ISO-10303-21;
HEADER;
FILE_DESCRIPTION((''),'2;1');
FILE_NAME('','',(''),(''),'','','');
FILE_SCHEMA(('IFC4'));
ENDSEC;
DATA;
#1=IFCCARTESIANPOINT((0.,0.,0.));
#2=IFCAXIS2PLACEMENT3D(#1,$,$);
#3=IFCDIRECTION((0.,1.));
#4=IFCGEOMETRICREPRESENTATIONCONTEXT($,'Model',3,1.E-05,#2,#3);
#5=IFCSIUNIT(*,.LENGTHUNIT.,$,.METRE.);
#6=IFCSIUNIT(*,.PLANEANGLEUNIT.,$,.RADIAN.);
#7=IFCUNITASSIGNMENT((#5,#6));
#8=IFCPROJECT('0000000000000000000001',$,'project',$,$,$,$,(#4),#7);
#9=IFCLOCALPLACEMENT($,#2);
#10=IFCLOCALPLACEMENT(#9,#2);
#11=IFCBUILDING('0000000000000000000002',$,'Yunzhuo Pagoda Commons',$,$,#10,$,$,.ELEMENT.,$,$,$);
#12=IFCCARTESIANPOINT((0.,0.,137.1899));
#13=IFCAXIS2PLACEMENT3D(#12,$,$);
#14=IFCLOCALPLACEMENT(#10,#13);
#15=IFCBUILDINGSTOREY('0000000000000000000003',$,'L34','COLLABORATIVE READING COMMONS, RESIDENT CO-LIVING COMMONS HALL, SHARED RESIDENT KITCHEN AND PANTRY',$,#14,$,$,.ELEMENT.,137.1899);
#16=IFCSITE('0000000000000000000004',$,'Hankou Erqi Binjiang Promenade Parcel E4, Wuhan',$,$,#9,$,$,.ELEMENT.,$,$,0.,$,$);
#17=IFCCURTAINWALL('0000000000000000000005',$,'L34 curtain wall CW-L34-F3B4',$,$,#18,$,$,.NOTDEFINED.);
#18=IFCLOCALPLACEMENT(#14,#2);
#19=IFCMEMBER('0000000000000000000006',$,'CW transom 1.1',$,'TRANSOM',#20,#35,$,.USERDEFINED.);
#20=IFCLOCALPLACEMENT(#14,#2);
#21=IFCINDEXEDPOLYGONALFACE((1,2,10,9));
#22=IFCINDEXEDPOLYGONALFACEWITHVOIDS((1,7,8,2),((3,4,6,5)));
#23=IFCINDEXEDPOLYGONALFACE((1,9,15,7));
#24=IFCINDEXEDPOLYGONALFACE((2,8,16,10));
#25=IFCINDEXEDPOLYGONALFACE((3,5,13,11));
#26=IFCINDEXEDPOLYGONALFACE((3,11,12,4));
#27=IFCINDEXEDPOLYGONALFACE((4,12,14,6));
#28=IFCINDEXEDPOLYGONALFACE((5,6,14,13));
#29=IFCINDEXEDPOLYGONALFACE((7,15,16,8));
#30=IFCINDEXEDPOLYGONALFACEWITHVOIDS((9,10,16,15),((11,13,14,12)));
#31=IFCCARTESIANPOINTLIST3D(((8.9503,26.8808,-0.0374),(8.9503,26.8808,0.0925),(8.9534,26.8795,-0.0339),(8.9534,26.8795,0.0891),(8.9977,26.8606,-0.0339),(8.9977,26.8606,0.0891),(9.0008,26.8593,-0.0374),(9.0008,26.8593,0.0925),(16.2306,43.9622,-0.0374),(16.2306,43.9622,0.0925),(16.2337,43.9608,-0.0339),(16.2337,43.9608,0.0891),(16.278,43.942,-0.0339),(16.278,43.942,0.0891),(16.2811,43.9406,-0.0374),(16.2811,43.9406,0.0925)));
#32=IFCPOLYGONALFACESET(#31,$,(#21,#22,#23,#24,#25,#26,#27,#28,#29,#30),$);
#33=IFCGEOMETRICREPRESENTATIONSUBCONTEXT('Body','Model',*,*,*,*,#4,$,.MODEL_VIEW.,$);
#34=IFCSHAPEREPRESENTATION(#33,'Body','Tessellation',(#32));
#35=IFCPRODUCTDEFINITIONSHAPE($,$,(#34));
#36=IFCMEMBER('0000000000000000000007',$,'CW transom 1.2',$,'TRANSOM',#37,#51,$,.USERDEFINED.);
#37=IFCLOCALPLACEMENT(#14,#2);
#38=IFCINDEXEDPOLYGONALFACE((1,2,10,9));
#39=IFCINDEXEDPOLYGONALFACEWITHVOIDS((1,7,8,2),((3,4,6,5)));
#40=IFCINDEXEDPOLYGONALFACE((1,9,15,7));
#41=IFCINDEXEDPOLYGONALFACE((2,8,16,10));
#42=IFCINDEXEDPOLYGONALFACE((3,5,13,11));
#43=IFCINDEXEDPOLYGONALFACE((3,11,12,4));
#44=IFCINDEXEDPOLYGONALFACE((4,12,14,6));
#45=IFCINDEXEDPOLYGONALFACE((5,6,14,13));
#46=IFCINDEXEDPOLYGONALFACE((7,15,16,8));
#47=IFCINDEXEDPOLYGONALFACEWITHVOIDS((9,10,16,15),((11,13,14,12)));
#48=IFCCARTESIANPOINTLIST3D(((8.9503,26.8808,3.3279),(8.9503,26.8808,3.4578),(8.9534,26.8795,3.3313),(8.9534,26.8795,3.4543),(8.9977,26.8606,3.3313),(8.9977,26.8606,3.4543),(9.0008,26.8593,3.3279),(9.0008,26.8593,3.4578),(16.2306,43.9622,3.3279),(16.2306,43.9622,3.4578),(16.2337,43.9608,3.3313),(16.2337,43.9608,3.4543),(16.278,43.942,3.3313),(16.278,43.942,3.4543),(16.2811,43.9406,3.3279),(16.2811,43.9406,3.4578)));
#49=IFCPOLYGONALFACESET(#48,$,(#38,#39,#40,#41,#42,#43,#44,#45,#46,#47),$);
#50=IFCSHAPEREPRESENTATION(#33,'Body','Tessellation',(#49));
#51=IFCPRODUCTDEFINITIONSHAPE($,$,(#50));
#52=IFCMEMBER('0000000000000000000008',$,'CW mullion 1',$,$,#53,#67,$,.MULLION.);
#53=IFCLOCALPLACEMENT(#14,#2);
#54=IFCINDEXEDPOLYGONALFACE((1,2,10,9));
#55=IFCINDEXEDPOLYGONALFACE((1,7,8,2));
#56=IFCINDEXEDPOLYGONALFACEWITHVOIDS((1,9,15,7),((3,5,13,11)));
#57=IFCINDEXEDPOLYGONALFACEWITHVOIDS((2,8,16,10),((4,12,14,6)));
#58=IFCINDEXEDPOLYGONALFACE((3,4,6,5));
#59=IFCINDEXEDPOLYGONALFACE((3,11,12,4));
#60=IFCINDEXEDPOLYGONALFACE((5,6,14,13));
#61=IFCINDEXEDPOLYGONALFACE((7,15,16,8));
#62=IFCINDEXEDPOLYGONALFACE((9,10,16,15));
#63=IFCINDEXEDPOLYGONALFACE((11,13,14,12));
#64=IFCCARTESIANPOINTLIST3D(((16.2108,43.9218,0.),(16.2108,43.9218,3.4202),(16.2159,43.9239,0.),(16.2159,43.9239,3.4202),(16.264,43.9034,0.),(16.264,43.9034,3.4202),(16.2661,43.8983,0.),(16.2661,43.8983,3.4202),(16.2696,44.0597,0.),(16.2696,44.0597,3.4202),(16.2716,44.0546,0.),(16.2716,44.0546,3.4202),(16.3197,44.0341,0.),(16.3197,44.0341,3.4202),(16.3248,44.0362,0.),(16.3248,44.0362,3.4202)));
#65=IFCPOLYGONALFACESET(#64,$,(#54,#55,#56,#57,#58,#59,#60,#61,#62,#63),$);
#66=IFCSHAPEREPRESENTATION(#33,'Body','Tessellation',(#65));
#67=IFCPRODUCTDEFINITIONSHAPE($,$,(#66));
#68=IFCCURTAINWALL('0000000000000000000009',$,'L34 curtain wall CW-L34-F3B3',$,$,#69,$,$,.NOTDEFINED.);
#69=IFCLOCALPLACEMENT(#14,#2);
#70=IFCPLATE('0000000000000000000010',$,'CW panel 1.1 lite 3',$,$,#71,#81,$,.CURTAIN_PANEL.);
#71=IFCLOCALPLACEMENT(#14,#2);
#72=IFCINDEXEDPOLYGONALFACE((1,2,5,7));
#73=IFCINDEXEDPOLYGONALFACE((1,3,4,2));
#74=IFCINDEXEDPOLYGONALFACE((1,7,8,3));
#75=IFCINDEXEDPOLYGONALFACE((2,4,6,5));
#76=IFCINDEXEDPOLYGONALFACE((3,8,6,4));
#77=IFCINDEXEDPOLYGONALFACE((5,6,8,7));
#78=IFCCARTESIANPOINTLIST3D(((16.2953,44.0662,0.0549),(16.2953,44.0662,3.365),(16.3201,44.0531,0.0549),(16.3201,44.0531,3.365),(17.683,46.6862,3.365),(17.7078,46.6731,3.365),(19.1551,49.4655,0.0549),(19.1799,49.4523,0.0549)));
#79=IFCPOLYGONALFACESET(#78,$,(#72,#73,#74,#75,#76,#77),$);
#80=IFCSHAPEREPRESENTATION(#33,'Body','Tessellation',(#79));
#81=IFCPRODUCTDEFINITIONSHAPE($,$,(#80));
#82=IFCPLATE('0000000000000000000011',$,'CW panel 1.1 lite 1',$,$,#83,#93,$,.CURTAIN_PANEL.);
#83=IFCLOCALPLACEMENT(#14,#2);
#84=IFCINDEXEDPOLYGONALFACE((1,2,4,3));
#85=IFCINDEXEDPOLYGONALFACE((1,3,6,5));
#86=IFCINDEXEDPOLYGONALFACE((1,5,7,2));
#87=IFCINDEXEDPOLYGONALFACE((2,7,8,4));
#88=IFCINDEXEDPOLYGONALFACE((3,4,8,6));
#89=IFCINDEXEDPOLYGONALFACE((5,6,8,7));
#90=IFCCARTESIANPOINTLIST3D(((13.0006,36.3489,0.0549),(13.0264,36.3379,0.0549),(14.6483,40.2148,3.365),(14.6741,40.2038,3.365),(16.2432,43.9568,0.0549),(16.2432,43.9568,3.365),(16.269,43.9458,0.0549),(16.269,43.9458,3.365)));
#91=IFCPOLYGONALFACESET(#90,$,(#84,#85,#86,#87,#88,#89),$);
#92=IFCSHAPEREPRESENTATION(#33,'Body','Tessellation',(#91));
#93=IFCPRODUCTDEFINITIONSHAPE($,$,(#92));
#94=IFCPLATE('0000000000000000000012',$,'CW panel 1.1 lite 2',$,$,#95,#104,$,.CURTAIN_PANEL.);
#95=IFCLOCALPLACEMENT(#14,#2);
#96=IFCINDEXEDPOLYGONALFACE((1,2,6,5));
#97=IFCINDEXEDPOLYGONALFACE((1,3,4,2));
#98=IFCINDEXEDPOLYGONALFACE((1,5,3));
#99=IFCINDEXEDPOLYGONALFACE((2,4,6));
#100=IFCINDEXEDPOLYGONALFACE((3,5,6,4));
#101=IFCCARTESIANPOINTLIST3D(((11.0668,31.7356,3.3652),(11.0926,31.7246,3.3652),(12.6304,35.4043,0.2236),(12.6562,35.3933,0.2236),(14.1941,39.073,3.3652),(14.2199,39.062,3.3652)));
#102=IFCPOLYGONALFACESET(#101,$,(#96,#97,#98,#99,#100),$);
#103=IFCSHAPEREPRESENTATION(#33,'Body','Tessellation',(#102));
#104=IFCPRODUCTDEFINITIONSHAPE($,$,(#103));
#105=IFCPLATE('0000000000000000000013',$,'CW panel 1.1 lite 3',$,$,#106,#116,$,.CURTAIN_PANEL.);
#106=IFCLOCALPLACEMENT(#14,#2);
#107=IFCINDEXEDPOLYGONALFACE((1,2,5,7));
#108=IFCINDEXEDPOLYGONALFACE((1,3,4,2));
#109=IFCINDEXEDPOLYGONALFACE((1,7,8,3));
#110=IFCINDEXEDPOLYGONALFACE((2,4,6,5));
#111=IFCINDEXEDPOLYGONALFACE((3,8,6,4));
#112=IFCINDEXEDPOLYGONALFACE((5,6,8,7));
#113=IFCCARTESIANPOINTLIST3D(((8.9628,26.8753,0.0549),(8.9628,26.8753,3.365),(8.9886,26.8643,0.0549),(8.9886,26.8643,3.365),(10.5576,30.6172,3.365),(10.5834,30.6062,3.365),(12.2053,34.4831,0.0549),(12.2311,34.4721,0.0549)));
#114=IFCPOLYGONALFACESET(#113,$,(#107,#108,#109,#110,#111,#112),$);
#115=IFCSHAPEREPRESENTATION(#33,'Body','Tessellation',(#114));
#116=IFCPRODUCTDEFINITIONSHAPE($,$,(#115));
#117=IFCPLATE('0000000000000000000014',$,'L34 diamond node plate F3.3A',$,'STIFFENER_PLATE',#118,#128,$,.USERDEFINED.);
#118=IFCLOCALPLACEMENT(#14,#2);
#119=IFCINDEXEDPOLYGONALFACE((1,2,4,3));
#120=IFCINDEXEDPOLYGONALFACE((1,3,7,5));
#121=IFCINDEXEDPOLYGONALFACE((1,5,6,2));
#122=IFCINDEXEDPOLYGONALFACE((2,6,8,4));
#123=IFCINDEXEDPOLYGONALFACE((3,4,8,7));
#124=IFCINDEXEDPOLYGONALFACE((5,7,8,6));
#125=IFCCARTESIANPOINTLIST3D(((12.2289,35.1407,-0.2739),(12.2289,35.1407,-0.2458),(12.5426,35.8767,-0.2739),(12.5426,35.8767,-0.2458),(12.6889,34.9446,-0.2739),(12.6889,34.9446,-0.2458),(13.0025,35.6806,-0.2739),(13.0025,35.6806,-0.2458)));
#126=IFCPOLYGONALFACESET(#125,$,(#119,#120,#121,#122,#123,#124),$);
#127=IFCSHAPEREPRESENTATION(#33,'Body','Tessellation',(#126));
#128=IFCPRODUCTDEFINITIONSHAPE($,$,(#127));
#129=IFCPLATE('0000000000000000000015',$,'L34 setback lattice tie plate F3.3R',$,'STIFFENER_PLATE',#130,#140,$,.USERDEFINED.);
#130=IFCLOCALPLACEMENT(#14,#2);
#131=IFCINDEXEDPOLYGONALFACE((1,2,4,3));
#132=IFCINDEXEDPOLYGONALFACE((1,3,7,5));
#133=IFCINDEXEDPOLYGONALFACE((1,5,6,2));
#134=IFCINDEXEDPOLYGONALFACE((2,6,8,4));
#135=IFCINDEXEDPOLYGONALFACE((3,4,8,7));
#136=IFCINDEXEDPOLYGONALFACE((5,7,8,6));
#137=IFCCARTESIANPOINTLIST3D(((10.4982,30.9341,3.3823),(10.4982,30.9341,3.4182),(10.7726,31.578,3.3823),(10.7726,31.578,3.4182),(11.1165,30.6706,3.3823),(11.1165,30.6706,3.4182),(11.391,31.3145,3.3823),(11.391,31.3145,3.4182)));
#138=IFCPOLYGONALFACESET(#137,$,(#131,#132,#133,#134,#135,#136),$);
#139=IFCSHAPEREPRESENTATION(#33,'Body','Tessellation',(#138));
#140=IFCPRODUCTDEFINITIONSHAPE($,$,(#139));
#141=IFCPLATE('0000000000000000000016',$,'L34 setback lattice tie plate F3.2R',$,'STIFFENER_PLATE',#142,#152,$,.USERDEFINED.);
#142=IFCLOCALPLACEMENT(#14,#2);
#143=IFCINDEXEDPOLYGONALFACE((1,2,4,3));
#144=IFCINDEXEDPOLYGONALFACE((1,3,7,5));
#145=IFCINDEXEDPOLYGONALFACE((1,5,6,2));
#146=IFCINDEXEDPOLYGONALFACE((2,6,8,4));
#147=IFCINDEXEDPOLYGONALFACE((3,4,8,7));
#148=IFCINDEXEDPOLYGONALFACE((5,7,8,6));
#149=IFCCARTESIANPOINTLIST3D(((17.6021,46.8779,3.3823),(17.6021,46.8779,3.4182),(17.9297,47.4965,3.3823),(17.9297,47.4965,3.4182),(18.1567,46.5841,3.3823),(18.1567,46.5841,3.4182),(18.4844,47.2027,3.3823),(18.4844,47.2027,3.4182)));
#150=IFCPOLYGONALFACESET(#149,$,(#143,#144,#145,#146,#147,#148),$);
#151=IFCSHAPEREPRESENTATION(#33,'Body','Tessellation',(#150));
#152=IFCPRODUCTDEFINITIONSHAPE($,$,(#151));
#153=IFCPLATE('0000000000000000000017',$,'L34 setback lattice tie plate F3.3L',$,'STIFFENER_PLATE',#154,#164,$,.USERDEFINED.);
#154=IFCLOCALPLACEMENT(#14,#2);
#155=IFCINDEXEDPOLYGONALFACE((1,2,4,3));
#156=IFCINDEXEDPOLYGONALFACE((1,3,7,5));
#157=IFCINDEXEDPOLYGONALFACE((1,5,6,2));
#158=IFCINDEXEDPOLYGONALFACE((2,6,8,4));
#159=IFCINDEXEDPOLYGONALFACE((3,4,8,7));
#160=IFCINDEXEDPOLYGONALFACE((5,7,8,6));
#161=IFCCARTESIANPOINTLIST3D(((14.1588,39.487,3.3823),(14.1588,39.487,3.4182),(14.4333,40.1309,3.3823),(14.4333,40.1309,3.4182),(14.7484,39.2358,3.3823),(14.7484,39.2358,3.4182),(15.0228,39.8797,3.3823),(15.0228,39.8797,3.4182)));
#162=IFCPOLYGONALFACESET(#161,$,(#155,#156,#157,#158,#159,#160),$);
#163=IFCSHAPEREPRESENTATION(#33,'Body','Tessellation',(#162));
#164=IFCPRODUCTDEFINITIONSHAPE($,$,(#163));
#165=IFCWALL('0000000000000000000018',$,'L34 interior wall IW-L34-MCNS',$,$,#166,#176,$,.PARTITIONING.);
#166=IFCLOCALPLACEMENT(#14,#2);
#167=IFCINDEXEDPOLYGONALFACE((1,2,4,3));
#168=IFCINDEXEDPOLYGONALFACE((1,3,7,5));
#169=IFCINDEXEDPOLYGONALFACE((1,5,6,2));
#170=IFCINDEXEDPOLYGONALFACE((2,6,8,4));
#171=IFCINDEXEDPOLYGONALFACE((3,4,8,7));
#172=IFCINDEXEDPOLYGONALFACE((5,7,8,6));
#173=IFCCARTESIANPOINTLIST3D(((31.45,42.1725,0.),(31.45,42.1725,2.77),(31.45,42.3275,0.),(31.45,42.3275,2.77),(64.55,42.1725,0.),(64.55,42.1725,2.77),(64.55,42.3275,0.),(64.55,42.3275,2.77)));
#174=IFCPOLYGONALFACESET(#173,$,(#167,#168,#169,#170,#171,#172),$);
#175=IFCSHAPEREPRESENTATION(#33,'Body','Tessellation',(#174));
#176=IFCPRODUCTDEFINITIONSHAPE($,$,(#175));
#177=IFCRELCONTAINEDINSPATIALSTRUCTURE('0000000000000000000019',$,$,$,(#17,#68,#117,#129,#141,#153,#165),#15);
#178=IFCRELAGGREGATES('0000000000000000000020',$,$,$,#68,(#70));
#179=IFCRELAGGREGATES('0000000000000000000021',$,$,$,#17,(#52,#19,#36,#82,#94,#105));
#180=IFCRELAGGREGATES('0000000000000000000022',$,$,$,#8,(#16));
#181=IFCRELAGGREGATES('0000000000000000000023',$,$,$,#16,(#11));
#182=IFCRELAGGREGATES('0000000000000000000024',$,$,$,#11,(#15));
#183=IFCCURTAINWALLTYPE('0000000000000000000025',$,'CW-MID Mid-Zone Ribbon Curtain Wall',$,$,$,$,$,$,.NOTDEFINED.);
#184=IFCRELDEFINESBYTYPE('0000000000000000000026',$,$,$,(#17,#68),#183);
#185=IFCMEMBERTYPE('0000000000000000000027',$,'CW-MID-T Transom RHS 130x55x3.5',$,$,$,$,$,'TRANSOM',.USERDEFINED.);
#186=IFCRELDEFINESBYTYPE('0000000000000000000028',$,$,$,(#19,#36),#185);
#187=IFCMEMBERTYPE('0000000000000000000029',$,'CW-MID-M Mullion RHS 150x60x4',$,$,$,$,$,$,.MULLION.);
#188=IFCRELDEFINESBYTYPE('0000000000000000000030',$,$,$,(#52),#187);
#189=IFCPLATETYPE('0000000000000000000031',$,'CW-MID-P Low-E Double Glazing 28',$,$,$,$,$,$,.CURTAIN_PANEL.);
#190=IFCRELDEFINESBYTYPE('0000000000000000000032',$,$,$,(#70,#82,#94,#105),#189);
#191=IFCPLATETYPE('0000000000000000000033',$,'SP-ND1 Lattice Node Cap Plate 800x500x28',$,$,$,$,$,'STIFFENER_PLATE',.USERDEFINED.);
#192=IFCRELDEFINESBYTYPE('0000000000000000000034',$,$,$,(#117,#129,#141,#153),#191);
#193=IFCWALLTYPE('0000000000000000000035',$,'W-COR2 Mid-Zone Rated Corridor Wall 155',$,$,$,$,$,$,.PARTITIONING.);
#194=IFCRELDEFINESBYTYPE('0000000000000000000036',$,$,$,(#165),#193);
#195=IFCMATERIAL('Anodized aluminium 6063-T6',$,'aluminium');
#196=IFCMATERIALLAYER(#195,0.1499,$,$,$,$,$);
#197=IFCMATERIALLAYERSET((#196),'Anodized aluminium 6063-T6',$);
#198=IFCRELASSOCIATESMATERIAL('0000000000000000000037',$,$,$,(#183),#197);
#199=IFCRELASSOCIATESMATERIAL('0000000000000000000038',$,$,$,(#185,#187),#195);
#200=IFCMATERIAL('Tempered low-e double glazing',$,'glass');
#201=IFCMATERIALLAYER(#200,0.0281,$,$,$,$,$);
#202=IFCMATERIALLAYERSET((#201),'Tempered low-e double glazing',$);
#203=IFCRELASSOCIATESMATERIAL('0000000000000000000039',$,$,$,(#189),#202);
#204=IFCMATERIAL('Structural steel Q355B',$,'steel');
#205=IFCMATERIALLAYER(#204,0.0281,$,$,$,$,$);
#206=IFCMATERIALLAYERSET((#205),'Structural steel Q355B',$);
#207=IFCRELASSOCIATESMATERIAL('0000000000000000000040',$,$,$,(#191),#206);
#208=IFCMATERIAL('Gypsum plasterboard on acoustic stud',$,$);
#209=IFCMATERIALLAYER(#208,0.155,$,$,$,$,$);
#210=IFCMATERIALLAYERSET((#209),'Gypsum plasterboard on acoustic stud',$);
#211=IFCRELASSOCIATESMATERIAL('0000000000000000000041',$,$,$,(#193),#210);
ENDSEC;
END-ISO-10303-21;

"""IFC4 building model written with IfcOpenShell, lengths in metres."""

from ifc_helpers import new_model, si_unit, direction, frame, frame_2d, origin, origin_2d, place, context, subcontext, project, spatial, polyline, rectangle, hollow_rectangle, outline, extrude, source, transform, mapped, material, layer, layer_set, material_profile, profile_set, type_object, element, aggregate, save


model = new_model("IFC4")

# Units and contexts
model_context = context("Model", 3, precision=1e-05, world=origin(), true_north=direction((0.0, 1.0)))
body_context = subcontext(model_context, "Body", "Model", "MODEL_VIEW")
ifc_project = project(units=[si_unit("LENGTHUNIT", "METRE"), si_unit("PLANEANGLEUNIT", "RADIAN")], contexts=[model_context])

# Site, building, storey
site_placement = place(None, origin())
site = spatial("IfcSite", under=ifc_project, at=site_placement, Name="Hankou Erqi Binjiang Promenade Parcel E4, Wuhan", CompositionType="ELEMENT", RefElevation=0.0)
building_placement = place(site_placement, origin())
building = spatial("IfcBuilding", under=site, at=building_placement, Name="Yunzhuo Pagoda Commons", CompositionType="ELEMENT")
storey_placement = place(building_placement, frame((0.0, 0.0, 137.1899)))
storey = spatial("IfcBuildingStorey", under=building, at=storey_placement, Name="L34", Description="COLLABORATIVE READING COMMONS, RESIDENT CO-LIVING COMMONS HALL, SHARED RESIDENT KITCHEN AND PANTRY", CompositionType="ELEMENT", Elevation=137.1899)

# Shared definitions
ifc_material_1 = material(Name="Structural steel Q355B", Category="steel")

# Curtain wall, members
ifc_material_2 = material(Name="Anodized aluminium 6063-T6", Category="aluminium")
ifc_layer_1 = layer(ifc_material_2, 0.1499)
ifc_layer_set_1 = layer_set([ifc_layer_1], Name="Anodized aluminium 6063-T6")
curtain_wall_type = type_object("IfcCurtainWallType", Name="CW-MID Mid-Zone Ribbon Curtain Wall", PredefinedType="NOTDEFINED", material=ifc_layer_set_1)
curtain_wall_1_placement = place(storey_placement, origin())
curtain_wall_1 = element("IfcCurtainWall", 1, at=curtain_wall_1_placement, inside=storey, type_object=curtain_wall_type, Name="L34 curtain wall CW-L34-F3B4", PredefinedType="NOTDEFINED")
ifc_material_profile_1 = material_profile(ifc_material_2, hollow_rectangle(XDim=0.0549, YDim=0.1299, WallThickness=0.0034, at=origin_2d()), Name="Anodized aluminium 6063-T6")
ifc_profile_set_1 = profile_set([ifc_material_profile_1], Name="Anodized aluminium 6063-T6")
member_type_1 = type_object("IfcMemberType", Name="CW-MID-T Transom RHS 130x55x3.5", ElementType="TRANSOM", PredefinedType="USERDEFINED", material=ifc_profile_set_1)
shared_shape_1 = source(origin(), body_context, "Body", "SweptSolid", [
    extrude(hollow_rectangle(XDim=0.0549, YDim=0.1299, WallThickness=0.0034, at=origin_2d()), origin(), (0.0, 0.0, 1.0), 18.5681),
])
member_1_placement = place(storey_placement, frame((16.2559, 43.9514, 0.0276), z_axis=(-0.392086, -0.919929, 0.0), x_axis=(0.919929, -0.392086, 0.0)))
member_1 = element("IfcMember", 2, at=member_1_placement, type_object=member_type_1, Name="CW transom 1.1", ObjectType="TRANSOM", PredefinedType="USERDEFINED", context=body_context, shape_type="MappedRepresentation", body=[
    mapped(shared_shape_1, transform((0.0, 0.0, 0.0), scale=1.0)),
])
member_2_placement = place(storey_placement, frame((16.2559, 43.9514, 3.3928), z_axis=(-0.392086, -0.919929, 0.0), x_axis=(0.919929, -0.392086, 0.0)))
member_2 = element("IfcMember", 3, at=member_2_placement, type_object=member_type_1, Name="CW transom 1.2", ObjectType="TRANSOM", PredefinedType="USERDEFINED", context=body_context, shape_type="MappedRepresentation", body=[
    mapped(shared_shape_1, transform((0.0, 0.0, 0.0), scale=1.0)),
])
ifc_material_profile_2 = material_profile(ifc_material_2, hollow_rectangle(XDim=0.0601, YDim=0.1499, WallThickness=0.0039, at=origin_2d()), Name="Anodized aluminium 6063-T6")
ifc_profile_set_2 = profile_set([ifc_material_profile_2], Name="Anodized aluminium 6063-T6")
member_type_2 = type_object("IfcMemberType", Name="CW-MID-M Mullion RHS 150x60x4", PredefinedType="MULLION", material=ifc_profile_set_2)
shared_shape_2 = source(origin(), body_context, "Body", "SweptSolid", [
    extrude(hollow_rectangle(XDim=0.0601, YDim=0.1499, WallThickness=0.0039, at=origin_2d()), origin(), (0.0, 0.0, 1.0), 3.4202),
])
member_3_placement = place(storey_placement, frame((16.2678, 43.979, 0.0), z_axis=(0.0, 0.0, 1.0), x_axis=(0.919928, -0.392087, 0.0)))
member_3 = element("IfcMember", 4, at=member_3_placement, type_object=member_type_2, Name="CW mullion 1", PredefinedType="MULLION", context=body_context, shape_type="MappedRepresentation", body=[
    mapped(shared_shape_2, transform((0.0, 0.0, 0.0), scale=1.0)),
])

# Curtain wall, plate
curtain_wall_2_placement = place(storey_placement, origin())
curtain_wall_2 = element("IfcCurtainWall", 5, at=curtain_wall_2_placement, inside=storey, type_object=curtain_wall_type, Name="L34 curtain wall CW-L34-F3B3", PredefinedType="NOTDEFINED")
ifc_material_3 = material(Name="Tempered low-e double glazing", Category="glass")
ifc_layer_2 = layer(ifc_material_3, 0.0281)
ifc_layer_set_2 = layer_set([ifc_layer_2], Name="Tempered low-e double glazing")
plate_type_1 = type_object("IfcPlateType", Name="CW-MID-P Low-E Double Glazing 28", PredefinedType="CURTAIN_PANEL", material=ifc_layer_set_2)
plate_1_placement = place(storey_placement, frame((17.75, 46.7527, 1.71), z_axis=(-0.883694, 0.468065, 0.0), x_axis=(-0.468065, -0.883694, 0.0)))
plate_1 = element("IfcPlate", 6, at=plate_1_placement, type_object=plate_type_1, Name="CW panel 1.1 lite 3", PredefinedType="CURTAIN_PANEL", context=body_context, shape_type="SweptSolid", body=[
    extrude(outline(polyline([(-3.0549, -1.655), (3.0549, -1.655), (3.0549, 1.655), (0.0901, 1.655), (-3.0549, -1.655)])), origin(), (0.0, 0.0, 1.0), 0.0281),
])
aggregate(curtain_wall_2, [plate_1])

# Plates
plate_2_placement = place(storey_placement, frame((14.6477, 40.1418, 1.71), z_axis=(-0.919928, 0.392087, 0.0), x_axis=(-0.392087, -0.919928, 0.0)))
plate_2 = element("IfcPlate", 7, at=plate_2_placement, type_object=plate_type_1, Name="CW panel 1.1 lite 1", PredefinedType="CURTAIN_PANEL", context=body_context, shape_type="SweptSolid", body=[
    extrude(outline(polyline([(-4.135, -1.655), (4.135, -1.655), (-0.0674, 1.655), (-4.135, 1.655), (-4.135, -1.655)])), origin(), (0.0, 0.0, 1.0), 0.0281),
])
plate_3_placement = place(storey_placement, frame((12.6562, 35.3933, 1.7944), z_axis=(-0.919928, 0.392087, 0.0), x_axis=(-0.392087, -0.919928, 0.0)))
plate_3 = element("IfcPlate", 8, at=plate_3_placement, type_object=plate_type_1, Name="CW panel 1.1 lite 2", PredefinedType="CURTAIN_PANEL", context=body_context, shape_type="SweptSolid", body=[
    extrude(outline(polyline([(-3.988, 1.5708), (0.0, -1.5708), (3.988, 1.5708), (-3.988, 1.5708)])), origin(), (0.0, 0.0, 1.0), 0.0281),
])
plate_4_placement = place(storey_placement, frame((10.6099, 30.6682, 1.71), z_axis=(-0.919928, 0.392087, 0.0), x_axis=(-0.392087, -0.919928, 0.0)))
plate_4 = element("IfcPlate", 9, at=plate_4_placement, type_object=plate_type_1, Name="CW panel 1.1 lite 3", PredefinedType="CURTAIN_PANEL", context=body_context, shape_type="SweptSolid", body=[
    extrude(outline(polyline([(-4.135, -1.655), (4.135, -1.655), (4.135, 1.655), (0.0674, 1.655), (-4.135, -1.655)])), origin(), (0.0, 0.0, 1.0), 0.0281),
])
aggregate(curtain_wall_1, [member_3, member_1, member_2, plate_2, plate_3, plate_4])

# Plates
ifc_layer_3 = layer(ifc_material_1, 0.0281)
ifc_layer_set_3 = layer_set([ifc_layer_3], Name="Structural steel Q355B")
plate_type_2 = type_object("IfcPlateType", Name="SP-ND1 Lattice Node Cap Plate 800x500x28", ElementType="STIFFENER_PLATE", PredefinedType="USERDEFINED", material=ifc_layer_set_3)
shared_shape_3 = source(origin(), body_context, "Body", "SweptSolid", [
    extrude(rectangle(XDim=0.8, YDim=0.5, at=origin_2d()), origin(), (0.0, 0.0, 1.0), 0.0281),
])
plate_5_placement = place(storey_placement, frame((12.6157, 35.4106, -0.2739), z_axis=(0.0, 0.0, 1.0), x_axis=(-0.39208, -0.919931, 0.0)))
element("IfcPlate", 10, at=plate_5_placement, inside=storey, type_object=plate_type_2, Name="L34 diamond node plate F3.3A", ObjectType="STIFFENER_PLATE", PredefinedType="USERDEFINED", context=body_context, shape_type="MappedRepresentation", body=[
    mapped(shared_shape_3, transform((0.0, 0.0, 0.0), scale=1.0)),
])
shared_shape_4 = source(origin(), body_context, "Body", "SweptSolid", [
    extrude(rectangle(XDim=0.7, YDim=0.6721, at=origin_2d()), origin(), (0.0, 0.0, 1.0), 0.0359),
])
plate_6_placement = place(storey_placement, frame((10.9446, 31.1243, 3.3823), z_axis=(0.0, 0.0, 1.0), x_axis=(-0.39208, -0.919931, 0.0)))
element("IfcPlate", 11, at=plate_6_placement, inside=storey, type_object=plate_type_2, Name="L34 setback lattice tie plate F3.3R", ObjectType="STIFFENER_PLATE", PredefinedType="USERDEFINED", context=body_context, shape_type="MappedRepresentation", body=[
    mapped(shared_shape_4, transform((0.0, 0.0, 0.0), scale=1.0)),
])
shared_shape_5 = source(origin(), body_context, "Body", "SweptSolid", [
    extrude(rectangle(XDim=0.7, YDim=0.6277, at=origin_2d()), origin(), (0.0, 0.0, 1.0), 0.0359),
])
plate_7_placement = place(storey_placement, frame((18.0432, 47.0403, 3.3823), z_axis=(0.0, 0.0, 1.0), x_axis=(-0.468069, -0.883692, 0.0)))
element("IfcPlate", 12, at=plate_7_placement, inside=storey, type_object=plate_type_2, Name="L34 setback lattice tie plate F3.2R", ObjectType="STIFFENER_PLATE", PredefinedType="USERDEFINED", context=body_context, shape_type="MappedRepresentation", body=[
    mapped(shared_shape_5, transform((0.0, 0.0, 0.0), scale=1.0)),
])
shared_shape_6 = source(origin(), body_context, "Body", "SweptSolid", [
    extrude(rectangle(XDim=0.7, YDim=0.6409, at=origin_2d()), origin(), (0.0, 0.0, 1.0), 0.0359),
])
plate_8_placement = place(storey_placement, frame((14.5908, 39.6833, 3.3823), z_axis=(0.0, 0.0, 1.0), x_axis=(-0.39208, -0.919931, 0.0)))
element("IfcPlate", 13, at=plate_8_placement, inside=storey, type_object=plate_type_2, Name="L34 setback lattice tie plate F3.3L", ObjectType="STIFFENER_PLATE", PredefinedType="USERDEFINED", context=body_context, shape_type="MappedRepresentation", body=[
    mapped(shared_shape_6, transform((0.0, 0.0, 0.0), scale=1.0)),
])

# Wall
ifc_material_4 = material(Name="Gypsum plasterboard on acoustic stud")
ifc_layer_4 = layer(ifc_material_4, 0.155)
ifc_layer_set_4 = layer_set([ifc_layer_4], Name="Gypsum plasterboard on acoustic stud")
wall_type_1 = type_object("IfcWallType", Name="W-COR2 Mid-Zone Rated Corridor Wall 155", PredefinedType="PARTITIONING", material=ifc_layer_set_4)
wall_1_placement = place(storey_placement, frame((31.45, 42.25, 0.0), z_axis=(0.0, 0.0, 1.0), x_axis=(1.0, 0.0, 0.0)))
element("IfcWall", 14, at=wall_1_placement, inside=storey, type_object=wall_type_1, Name="L34 interior wall IW-L34-MCNS", PredefinedType="PARTITIONING", context=body_context, shape_type="SweptSolid", body=[
    extrude(rectangle(XDim=33.1001, YDim=0.155, at=frame_2d((16.55, 0.0))), origin(), (0.0, 0.0, 1.0), 2.77),
])

save(model, "model.ifc")
